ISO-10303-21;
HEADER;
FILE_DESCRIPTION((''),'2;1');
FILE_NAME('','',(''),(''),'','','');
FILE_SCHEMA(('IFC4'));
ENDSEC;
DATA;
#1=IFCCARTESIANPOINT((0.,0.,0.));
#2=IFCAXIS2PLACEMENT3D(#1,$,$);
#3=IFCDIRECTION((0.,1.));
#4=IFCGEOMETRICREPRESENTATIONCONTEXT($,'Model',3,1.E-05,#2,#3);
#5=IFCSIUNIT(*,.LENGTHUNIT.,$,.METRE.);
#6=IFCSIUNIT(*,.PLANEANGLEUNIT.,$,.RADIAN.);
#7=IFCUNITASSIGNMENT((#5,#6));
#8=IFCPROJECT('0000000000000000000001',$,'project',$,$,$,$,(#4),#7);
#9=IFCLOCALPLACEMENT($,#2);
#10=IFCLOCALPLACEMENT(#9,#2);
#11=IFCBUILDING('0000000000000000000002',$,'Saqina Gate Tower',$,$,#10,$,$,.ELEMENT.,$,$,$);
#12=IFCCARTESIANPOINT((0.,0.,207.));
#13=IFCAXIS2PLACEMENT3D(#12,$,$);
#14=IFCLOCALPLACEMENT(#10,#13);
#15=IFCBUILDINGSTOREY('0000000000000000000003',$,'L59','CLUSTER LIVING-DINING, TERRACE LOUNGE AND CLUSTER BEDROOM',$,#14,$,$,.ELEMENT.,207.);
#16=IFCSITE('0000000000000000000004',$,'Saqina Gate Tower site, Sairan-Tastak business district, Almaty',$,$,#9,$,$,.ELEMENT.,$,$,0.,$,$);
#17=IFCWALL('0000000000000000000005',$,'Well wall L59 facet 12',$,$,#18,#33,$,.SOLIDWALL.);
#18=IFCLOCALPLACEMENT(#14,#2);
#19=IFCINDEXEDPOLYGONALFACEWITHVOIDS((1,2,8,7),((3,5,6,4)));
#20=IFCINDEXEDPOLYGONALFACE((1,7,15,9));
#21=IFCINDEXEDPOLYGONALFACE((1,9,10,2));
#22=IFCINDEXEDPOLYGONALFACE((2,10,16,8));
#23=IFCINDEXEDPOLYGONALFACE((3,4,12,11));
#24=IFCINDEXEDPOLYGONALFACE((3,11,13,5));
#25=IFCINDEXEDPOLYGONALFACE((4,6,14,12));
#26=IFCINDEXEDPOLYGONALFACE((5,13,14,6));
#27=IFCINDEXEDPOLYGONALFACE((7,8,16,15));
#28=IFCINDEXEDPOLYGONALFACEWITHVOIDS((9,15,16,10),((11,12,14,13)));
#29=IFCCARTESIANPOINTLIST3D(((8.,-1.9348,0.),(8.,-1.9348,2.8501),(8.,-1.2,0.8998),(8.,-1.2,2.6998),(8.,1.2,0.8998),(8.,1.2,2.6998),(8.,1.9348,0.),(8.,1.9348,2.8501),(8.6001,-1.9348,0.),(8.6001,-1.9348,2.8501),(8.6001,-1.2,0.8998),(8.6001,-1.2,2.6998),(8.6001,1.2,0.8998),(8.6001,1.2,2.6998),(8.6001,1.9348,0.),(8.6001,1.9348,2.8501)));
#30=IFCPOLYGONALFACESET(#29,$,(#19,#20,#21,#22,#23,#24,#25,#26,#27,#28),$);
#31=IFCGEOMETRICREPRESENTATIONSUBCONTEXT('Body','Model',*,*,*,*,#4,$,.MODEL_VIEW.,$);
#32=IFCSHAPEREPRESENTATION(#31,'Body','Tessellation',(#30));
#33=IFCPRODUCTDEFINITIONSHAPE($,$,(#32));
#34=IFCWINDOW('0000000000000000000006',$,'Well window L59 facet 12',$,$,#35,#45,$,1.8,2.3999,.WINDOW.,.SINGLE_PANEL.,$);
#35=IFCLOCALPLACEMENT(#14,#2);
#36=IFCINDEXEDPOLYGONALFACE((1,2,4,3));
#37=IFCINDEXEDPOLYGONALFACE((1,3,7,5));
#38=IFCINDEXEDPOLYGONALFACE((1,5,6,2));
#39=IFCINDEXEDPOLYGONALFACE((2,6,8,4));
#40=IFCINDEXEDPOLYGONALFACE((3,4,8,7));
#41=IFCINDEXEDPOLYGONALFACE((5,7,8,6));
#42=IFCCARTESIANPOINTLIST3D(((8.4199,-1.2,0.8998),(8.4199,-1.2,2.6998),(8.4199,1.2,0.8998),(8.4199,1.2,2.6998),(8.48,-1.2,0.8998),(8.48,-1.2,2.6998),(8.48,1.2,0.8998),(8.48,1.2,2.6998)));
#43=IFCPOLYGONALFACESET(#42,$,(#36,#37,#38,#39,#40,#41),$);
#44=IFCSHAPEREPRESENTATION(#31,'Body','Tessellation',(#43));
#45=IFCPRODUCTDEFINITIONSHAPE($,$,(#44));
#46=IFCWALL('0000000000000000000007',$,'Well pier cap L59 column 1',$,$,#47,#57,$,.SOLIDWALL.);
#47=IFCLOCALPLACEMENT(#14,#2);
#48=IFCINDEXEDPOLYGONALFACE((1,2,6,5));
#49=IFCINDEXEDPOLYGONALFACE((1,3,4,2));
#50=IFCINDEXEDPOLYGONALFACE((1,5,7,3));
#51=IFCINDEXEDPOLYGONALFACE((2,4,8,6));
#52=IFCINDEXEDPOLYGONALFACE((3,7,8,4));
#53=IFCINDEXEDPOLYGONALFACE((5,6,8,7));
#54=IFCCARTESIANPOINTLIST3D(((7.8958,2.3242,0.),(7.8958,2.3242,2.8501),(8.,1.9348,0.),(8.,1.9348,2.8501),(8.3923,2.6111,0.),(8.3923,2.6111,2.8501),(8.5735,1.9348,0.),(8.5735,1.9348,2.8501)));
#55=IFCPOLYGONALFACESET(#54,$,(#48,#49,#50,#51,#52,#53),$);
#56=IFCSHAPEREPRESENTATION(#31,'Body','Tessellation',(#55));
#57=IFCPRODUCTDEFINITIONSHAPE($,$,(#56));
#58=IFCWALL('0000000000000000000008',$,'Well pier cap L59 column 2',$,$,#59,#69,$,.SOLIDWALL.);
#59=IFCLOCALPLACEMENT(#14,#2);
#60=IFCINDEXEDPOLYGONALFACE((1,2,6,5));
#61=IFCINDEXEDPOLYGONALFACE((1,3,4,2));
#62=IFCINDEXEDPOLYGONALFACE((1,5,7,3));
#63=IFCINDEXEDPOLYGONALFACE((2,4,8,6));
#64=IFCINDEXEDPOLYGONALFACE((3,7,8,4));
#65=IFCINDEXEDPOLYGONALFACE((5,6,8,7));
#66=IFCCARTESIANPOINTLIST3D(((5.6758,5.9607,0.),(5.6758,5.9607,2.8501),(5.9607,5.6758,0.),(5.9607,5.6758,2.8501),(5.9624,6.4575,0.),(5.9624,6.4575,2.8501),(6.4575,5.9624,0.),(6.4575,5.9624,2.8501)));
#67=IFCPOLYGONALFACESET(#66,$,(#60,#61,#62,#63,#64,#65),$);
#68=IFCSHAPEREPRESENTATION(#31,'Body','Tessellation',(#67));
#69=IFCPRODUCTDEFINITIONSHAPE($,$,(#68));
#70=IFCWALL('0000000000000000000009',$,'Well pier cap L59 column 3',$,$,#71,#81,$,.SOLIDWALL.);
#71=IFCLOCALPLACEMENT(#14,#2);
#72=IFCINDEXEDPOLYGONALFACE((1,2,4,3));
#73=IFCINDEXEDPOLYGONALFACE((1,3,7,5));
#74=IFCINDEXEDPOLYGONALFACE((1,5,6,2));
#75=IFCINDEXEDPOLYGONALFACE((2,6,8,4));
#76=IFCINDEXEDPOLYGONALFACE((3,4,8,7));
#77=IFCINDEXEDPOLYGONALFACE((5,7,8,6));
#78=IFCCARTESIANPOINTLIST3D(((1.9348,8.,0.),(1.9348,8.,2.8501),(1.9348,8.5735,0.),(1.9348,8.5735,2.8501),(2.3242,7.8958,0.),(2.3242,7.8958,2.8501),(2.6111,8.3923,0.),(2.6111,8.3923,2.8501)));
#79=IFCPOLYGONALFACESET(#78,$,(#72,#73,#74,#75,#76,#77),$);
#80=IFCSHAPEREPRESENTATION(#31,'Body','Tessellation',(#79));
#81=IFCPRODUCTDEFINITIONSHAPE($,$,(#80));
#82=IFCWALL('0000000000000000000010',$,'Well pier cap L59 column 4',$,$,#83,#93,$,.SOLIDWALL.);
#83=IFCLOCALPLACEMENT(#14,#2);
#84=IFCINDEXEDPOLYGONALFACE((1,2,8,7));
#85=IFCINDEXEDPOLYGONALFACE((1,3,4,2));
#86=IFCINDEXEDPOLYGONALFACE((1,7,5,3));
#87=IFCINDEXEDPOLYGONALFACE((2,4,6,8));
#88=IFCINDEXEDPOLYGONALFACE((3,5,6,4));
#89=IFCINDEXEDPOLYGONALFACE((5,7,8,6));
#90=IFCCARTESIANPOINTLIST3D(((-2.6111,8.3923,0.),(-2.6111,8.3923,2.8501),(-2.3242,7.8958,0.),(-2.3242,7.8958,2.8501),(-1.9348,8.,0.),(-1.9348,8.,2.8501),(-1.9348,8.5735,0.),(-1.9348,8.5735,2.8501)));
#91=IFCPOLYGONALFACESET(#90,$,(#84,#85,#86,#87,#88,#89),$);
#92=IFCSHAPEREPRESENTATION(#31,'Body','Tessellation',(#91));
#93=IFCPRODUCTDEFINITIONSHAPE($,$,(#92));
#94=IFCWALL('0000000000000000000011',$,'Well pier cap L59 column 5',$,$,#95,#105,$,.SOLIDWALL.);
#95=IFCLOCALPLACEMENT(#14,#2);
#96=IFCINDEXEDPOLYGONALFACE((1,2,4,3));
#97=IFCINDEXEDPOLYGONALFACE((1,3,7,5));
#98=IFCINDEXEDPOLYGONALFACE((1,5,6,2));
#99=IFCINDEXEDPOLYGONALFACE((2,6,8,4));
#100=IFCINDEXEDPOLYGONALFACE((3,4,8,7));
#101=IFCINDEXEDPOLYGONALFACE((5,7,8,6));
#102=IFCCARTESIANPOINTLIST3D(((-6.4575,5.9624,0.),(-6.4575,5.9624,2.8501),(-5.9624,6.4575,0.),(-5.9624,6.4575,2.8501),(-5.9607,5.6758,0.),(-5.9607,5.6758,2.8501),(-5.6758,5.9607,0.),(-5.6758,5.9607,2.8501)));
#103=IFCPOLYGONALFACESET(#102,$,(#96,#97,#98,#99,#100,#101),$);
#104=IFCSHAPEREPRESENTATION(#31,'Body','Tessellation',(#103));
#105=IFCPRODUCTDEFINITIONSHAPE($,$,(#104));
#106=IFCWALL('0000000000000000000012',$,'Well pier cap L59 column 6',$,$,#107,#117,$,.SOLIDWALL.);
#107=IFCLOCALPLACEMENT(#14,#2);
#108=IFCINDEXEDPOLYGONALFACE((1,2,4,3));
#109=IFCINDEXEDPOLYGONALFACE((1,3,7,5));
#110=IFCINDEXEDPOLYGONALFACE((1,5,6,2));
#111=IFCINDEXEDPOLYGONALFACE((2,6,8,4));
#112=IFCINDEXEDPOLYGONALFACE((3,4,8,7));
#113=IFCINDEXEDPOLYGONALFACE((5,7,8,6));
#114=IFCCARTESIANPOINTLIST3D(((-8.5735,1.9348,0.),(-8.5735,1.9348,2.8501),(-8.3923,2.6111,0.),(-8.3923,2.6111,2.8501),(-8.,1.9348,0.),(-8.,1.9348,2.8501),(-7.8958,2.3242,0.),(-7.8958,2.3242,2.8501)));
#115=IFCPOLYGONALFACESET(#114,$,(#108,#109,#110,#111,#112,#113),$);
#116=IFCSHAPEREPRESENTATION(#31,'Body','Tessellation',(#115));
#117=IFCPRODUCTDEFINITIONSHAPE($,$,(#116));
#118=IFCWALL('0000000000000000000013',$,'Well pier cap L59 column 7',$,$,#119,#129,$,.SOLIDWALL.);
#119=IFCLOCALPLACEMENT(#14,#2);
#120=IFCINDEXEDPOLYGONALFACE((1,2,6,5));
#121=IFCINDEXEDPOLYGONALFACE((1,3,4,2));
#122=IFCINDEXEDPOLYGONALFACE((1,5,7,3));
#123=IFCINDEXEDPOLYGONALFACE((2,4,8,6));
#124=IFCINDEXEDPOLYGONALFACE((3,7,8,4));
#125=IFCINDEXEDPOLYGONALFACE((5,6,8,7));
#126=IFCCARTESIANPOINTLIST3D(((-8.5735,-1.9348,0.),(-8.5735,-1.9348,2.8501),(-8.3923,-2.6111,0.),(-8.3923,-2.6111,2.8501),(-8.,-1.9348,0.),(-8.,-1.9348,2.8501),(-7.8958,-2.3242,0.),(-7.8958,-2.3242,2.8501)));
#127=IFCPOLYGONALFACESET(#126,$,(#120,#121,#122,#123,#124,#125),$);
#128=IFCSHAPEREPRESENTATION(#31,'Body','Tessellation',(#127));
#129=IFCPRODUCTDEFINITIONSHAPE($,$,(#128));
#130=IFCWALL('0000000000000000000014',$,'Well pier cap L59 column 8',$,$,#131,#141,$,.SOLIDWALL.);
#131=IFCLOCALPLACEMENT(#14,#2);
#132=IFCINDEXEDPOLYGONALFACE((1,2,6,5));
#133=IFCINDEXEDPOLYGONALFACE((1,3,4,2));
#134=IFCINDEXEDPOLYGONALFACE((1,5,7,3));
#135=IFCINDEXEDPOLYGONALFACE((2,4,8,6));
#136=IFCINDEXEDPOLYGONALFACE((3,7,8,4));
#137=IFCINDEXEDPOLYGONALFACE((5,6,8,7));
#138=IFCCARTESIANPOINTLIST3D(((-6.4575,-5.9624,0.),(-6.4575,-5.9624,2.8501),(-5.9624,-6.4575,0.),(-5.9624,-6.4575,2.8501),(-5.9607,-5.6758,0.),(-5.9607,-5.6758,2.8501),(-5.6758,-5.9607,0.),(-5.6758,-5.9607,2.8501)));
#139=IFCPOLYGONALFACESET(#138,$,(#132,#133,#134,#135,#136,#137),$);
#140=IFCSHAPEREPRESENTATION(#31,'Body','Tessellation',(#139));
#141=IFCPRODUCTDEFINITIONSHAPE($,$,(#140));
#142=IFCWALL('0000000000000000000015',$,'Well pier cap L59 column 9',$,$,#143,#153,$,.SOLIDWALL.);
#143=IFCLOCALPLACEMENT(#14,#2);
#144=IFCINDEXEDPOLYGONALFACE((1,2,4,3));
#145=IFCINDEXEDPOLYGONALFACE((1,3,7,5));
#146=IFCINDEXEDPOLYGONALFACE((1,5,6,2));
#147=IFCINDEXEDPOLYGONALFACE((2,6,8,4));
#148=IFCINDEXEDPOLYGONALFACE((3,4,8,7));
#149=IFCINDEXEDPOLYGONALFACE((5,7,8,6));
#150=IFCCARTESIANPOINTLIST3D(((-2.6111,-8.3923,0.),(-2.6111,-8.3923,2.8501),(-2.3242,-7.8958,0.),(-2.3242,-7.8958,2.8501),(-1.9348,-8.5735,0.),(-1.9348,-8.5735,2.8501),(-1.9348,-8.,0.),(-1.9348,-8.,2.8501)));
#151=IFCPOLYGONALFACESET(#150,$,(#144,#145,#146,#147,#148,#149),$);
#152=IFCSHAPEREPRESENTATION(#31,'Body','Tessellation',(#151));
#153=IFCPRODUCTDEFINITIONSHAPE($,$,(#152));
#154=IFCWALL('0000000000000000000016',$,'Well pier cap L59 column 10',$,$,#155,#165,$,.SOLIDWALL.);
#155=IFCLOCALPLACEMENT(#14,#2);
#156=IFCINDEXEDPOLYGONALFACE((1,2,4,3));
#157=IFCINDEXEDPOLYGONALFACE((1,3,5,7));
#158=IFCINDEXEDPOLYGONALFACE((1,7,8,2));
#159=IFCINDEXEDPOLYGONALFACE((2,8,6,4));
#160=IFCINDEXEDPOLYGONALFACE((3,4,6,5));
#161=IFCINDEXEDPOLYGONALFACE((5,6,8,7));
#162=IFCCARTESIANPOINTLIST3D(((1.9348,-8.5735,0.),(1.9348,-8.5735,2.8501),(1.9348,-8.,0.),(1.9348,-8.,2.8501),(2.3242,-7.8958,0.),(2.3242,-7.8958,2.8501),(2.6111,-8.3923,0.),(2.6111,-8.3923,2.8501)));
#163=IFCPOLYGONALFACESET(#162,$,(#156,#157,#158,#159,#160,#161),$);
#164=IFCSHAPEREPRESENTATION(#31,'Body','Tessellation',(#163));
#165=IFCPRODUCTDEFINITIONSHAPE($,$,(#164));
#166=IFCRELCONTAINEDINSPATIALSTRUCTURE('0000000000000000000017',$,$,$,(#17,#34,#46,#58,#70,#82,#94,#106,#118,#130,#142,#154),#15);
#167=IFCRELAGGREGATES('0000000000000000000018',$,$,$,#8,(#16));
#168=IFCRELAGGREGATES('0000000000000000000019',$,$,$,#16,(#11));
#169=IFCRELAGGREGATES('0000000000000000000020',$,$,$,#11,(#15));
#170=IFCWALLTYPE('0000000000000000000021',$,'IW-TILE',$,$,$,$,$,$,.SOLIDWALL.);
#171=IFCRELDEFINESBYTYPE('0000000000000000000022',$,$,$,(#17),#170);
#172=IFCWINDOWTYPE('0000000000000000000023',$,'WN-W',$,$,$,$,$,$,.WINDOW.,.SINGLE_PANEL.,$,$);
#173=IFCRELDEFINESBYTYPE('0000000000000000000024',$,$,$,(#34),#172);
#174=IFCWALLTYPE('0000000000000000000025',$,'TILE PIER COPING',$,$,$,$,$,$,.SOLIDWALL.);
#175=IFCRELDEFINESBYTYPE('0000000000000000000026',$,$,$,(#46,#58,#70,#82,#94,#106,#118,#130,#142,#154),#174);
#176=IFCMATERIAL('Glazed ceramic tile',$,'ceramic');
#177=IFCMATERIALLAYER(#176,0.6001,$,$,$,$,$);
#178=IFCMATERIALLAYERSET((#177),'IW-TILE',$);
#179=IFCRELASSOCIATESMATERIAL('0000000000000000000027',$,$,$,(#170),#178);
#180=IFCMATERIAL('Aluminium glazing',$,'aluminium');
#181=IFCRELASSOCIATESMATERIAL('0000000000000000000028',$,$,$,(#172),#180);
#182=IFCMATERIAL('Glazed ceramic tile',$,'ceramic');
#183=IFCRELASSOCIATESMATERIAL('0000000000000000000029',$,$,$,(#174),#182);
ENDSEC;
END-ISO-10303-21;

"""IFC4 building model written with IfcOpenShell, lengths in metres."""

from ifc_helpers import new_model, si_unit, direction, frame, frame_2d, origin, place, context, subcontext, project, spatial, polyline, rectangle, outline, extrude, material, layer, layer_set, type_object, element, fill, save


model = new_model("IFC4")

# Units and contexts
model_context = context("Model", 3, precision=1e-05, world=origin(), true_north=direction((0.0, 1.0)))
body_context = subcontext(model_context, "Body", "Model", "MODEL_VIEW")
ifc_project = project(units=[si_unit("LENGTHUNIT", "METRE"), si_unit("PLANEANGLEUNIT", "RADIAN")], contexts=[model_context])

# Site, building, storey
site_placement = place(None, origin())
site = spatial("IfcSite", under=ifc_project, at=site_placement, Name="Saqina Gate Tower site, Sairan-Tastak business district, Almaty", CompositionType="ELEMENT", RefElevation=0.0)
building_placement = place(site_placement, origin())
building = spatial("IfcBuilding", under=site, at=building_placement, Name="Saqina Gate Tower", CompositionType="ELEMENT")
storey_placement = place(building_placement, frame((0.0, 0.0, 207.0)))
storey = spatial("IfcBuildingStorey", under=building, at=storey_placement, Name="L59", Description="CLUSTER LIVING-DINING, TERRACE LOUNGE AND CLUSTER BEDROOM", CompositionType="ELEMENT", Elevation=207.0)

# Wall, opening, window
ifc_material_1 = material(Name="Glazed ceramic tile", Category="ceramic")
ifc_layer = layer(ifc_material_1, 0.6001)
ifc_layer_set = layer_set([ifc_layer], Name="IW-TILE")
wall_type_1 = type_object("IfcWallType", Name="IW-TILE", PredefinedType="SOLIDWALL", material=ifc_layer_set)
wall_1_placement = place(storey_placement, frame((8.3, -1.9348, 0.0), z_axis=(0.0, 0.0, 1.0), x_axis=(0.0, 1.0, 0.0)))
wall_1 = element("IfcWall", 1, at=wall_1_placement, inside=storey, type_object=wall_type_1, Name="Well wall L59 facet 12", PredefinedType="SOLIDWALL", context=body_context, shape_type="SweptSolid", body=[
    extrude(rectangle(XDim=3.8696, YDim=0.6001, at=frame_2d((1.9348, 0.0))), origin(), (0.0, 0.0, 1.0), 2.8501),
])
opening_placement = place(wall_1_placement, frame((0.7349, 0.0, 0.8999)))
opening = element("IfcOpeningElement", 2, at=opening_placement, cuts=wall_1, PredefinedType="OPENING", context=body_context, shape_type="SweptSolid", body=[
    extrude(rectangle(XDim=2.3999, YDim=1.8, at=frame_2d((1.2, 0.8999))), frame((0.0, 0.312, 0.0), z_axis=(0.0, -1.0, 0.0), x_axis=(1.0, 0.0, 0.0)), (0.0, 0.0, 1.0), 0.624),
])
ifc_material_2 = material(Name="Aluminium glazing", Category="aluminium")
window_type = type_object("IfcWindowType", Name="WN-W", PartitioningType="SINGLE_PANEL", PredefinedType="WINDOW", material=ifc_material_2)
window_placement = place(opening_placement, origin())
window = element("IfcWindow", 3, at=window_placement, inside=storey, type_object=window_type, Name="Well window L59 facet 12", OverallHeight=1.8, OverallWidth=2.3999, PartitioningType="SINGLE_PANEL", PredefinedType="WINDOW", context=body_context, shape_type="SweptSolid", body=[
    extrude(rectangle(XDim=2.3999, YDim=1.8, at=frame_2d((1.2, 0.8999))), frame((0.0, -0.1199, 0.0), z_axis=(0.0, -1.0, 0.0), x_axis=(1.0, 0.0, 0.0)), (0.0, 0.0, 1.0), 0.0601),
])
fill(opening, window)

# Walls
ifc_material_3 = material(Name="Glazed ceramic tile", Category="ceramic")
wall_type_2 = type_object("IfcWallType", Name="TILE PIER COPING", PredefinedType="SOLIDWALL", material=ifc_material_3)
wall_2_placement = place(storey_placement, origin())
element("IfcWall", 4, at=wall_2_placement, inside=storey, type_object=wall_type_2, Name="Well pier cap L59 column 1", PredefinedType="SOLIDWALL", context=body_context, shape_type="SweptSolid", body=[
    extrude(outline(polyline([(8.3923, 2.6111), (7.8958, 2.3242), (8.0, 1.9348), (8.5735, 1.9348), (8.3923, 2.6111)])), origin(), (0.0, 0.0, 1.0), 2.8501),
])
wall_3_placement = place(storey_placement, origin())
element("IfcWall", 5, at=wall_3_placement, inside=storey, type_object=wall_type_2, Name="Well pier cap L59 column 2", PredefinedType="SOLIDWALL", context=body_context, shape_type="SweptSolid", body=[
    extrude(outline(polyline([(5.9624, 6.4575), (5.6758, 5.9607), (5.9607, 5.6758), (6.4575, 5.9624), (5.9624, 6.4575)])), origin(), (0.0, 0.0, 1.0), 2.8501),
])
wall_4_placement = place(storey_placement, origin())
element("IfcWall", 6, at=wall_4_placement, inside=storey, type_object=wall_type_2, Name="Well pier cap L59 column 3", PredefinedType="SOLIDWALL", context=body_context, shape_type="SweptSolid", body=[
    extrude(outline(polyline([(1.9348, 8.5735), (1.9348, 8.0), (2.3242, 7.8958), (2.6111, 8.3923), (1.9348, 8.5735)])), origin(), (0.0, 0.0, 1.0), 2.8501),
])
wall_5_placement = place(storey_placement, origin())
element("IfcWall", 7, at=wall_5_placement, inside=storey, type_object=wall_type_2, Name="Well pier cap L59 column 4", PredefinedType="SOLIDWALL", context=body_context, shape_type="SweptSolid", body=[
    extrude(outline(polyline([(-1.9348, 8.0), (-1.9348, 8.5735), (-2.6111, 8.3923), (-2.3242, 7.8958), (-1.9348, 8.0)])), origin(), (0.0, 0.0, 1.0), 2.8501),
])
wall_6_placement = place(storey_placement, origin())
element("IfcWall", 8, at=wall_6_placement, inside=storey, type_object=wall_type_2, Name="Well pier cap L59 column 5", PredefinedType="SOLIDWALL", context=body_context, shape_type="SweptSolid", body=[
    extrude(outline(polyline([(-6.4575, 5.9624), (-5.9607, 5.6758), (-5.6758, 5.9607), (-5.9624, 6.4575), (-6.4575, 5.9624)])), origin(), (0.0, 0.0, 1.0), 2.8501),
])
wall_7_placement = place(storey_placement, origin())
element("IfcWall", 9, at=wall_7_placement, inside=storey, type_object=wall_type_2, Name="Well pier cap L59 column 6", PredefinedType="SOLIDWALL", context=body_context, shape_type="SweptSolid", body=[
    extrude(outline(polyline([(-8.5735, 1.9348), (-8.0, 1.9348), (-7.8958, 2.3242), (-8.3923, 2.6111), (-8.5735, 1.9348)])), origin(), (0.0, 0.0, 1.0), 2.8501),
])
wall_8_placement = place(storey_placement, origin())
element("IfcWall", 10, at=wall_8_placement, inside=storey, type_object=wall_type_2, Name="Well pier cap L59 column 7", PredefinedType="SOLIDWALL", context=body_context, shape_type="SweptSolid", body=[
    extrude(outline(polyline([(-8.0, -1.9348), (-8.5735, -1.9348), (-8.3923, -2.6111), (-7.8958, -2.3242), (-8.0, -1.9348)])), origin(), (0.0, 0.0, 1.0), 2.8501),
])
wall_9_placement = place(storey_placement, origin())
element("IfcWall", 11, at=wall_9_placement, inside=storey, type_object=wall_type_2, Name="Well pier cap L59 column 8", PredefinedType="SOLIDWALL", context=body_context, shape_type="SweptSolid", body=[
    extrude(outline(polyline([(-6.4575, -5.9624), (-5.9624, -6.4575), (-5.6758, -5.9607), (-5.9607, -5.6758), (-6.4575, -5.9624)])), origin(), (0.0, 0.0, 1.0), 2.8501),
])
wall_10_placement = place(storey_placement, origin())
element("IfcWall", 12, at=wall_10_placement, inside=storey, type_object=wall_type_2, Name="Well pier cap L59 column 9", PredefinedType="SOLIDWALL", context=body_context, shape_type="SweptSolid", body=[
    extrude(outline(polyline([(-1.9348, -8.5735), (-1.9348, -8.0), (-2.3242, -7.8958), (-2.6111, -8.3923), (-1.9348, -8.5735)])), origin(), (0.0, 0.0, 1.0), 2.8501),
])
wall_11_placement = place(storey_placement, origin())
element("IfcWall", 13, at=wall_11_placement, inside=storey, type_object=wall_type_2, Name="Well pier cap L59 column 10", PredefinedType="SOLIDWALL", context=body_context, shape_type="SweptSolid", body=[
    extrude(outline(polyline([(2.6111, -8.3923), (2.3242, -7.8958), (1.9348, -8.0), (1.9348, -8.5735), (2.6111, -8.3923)])), origin(), (0.0, 0.0, 1.0), 2.8501),
])

save(model, "model.ifc")
